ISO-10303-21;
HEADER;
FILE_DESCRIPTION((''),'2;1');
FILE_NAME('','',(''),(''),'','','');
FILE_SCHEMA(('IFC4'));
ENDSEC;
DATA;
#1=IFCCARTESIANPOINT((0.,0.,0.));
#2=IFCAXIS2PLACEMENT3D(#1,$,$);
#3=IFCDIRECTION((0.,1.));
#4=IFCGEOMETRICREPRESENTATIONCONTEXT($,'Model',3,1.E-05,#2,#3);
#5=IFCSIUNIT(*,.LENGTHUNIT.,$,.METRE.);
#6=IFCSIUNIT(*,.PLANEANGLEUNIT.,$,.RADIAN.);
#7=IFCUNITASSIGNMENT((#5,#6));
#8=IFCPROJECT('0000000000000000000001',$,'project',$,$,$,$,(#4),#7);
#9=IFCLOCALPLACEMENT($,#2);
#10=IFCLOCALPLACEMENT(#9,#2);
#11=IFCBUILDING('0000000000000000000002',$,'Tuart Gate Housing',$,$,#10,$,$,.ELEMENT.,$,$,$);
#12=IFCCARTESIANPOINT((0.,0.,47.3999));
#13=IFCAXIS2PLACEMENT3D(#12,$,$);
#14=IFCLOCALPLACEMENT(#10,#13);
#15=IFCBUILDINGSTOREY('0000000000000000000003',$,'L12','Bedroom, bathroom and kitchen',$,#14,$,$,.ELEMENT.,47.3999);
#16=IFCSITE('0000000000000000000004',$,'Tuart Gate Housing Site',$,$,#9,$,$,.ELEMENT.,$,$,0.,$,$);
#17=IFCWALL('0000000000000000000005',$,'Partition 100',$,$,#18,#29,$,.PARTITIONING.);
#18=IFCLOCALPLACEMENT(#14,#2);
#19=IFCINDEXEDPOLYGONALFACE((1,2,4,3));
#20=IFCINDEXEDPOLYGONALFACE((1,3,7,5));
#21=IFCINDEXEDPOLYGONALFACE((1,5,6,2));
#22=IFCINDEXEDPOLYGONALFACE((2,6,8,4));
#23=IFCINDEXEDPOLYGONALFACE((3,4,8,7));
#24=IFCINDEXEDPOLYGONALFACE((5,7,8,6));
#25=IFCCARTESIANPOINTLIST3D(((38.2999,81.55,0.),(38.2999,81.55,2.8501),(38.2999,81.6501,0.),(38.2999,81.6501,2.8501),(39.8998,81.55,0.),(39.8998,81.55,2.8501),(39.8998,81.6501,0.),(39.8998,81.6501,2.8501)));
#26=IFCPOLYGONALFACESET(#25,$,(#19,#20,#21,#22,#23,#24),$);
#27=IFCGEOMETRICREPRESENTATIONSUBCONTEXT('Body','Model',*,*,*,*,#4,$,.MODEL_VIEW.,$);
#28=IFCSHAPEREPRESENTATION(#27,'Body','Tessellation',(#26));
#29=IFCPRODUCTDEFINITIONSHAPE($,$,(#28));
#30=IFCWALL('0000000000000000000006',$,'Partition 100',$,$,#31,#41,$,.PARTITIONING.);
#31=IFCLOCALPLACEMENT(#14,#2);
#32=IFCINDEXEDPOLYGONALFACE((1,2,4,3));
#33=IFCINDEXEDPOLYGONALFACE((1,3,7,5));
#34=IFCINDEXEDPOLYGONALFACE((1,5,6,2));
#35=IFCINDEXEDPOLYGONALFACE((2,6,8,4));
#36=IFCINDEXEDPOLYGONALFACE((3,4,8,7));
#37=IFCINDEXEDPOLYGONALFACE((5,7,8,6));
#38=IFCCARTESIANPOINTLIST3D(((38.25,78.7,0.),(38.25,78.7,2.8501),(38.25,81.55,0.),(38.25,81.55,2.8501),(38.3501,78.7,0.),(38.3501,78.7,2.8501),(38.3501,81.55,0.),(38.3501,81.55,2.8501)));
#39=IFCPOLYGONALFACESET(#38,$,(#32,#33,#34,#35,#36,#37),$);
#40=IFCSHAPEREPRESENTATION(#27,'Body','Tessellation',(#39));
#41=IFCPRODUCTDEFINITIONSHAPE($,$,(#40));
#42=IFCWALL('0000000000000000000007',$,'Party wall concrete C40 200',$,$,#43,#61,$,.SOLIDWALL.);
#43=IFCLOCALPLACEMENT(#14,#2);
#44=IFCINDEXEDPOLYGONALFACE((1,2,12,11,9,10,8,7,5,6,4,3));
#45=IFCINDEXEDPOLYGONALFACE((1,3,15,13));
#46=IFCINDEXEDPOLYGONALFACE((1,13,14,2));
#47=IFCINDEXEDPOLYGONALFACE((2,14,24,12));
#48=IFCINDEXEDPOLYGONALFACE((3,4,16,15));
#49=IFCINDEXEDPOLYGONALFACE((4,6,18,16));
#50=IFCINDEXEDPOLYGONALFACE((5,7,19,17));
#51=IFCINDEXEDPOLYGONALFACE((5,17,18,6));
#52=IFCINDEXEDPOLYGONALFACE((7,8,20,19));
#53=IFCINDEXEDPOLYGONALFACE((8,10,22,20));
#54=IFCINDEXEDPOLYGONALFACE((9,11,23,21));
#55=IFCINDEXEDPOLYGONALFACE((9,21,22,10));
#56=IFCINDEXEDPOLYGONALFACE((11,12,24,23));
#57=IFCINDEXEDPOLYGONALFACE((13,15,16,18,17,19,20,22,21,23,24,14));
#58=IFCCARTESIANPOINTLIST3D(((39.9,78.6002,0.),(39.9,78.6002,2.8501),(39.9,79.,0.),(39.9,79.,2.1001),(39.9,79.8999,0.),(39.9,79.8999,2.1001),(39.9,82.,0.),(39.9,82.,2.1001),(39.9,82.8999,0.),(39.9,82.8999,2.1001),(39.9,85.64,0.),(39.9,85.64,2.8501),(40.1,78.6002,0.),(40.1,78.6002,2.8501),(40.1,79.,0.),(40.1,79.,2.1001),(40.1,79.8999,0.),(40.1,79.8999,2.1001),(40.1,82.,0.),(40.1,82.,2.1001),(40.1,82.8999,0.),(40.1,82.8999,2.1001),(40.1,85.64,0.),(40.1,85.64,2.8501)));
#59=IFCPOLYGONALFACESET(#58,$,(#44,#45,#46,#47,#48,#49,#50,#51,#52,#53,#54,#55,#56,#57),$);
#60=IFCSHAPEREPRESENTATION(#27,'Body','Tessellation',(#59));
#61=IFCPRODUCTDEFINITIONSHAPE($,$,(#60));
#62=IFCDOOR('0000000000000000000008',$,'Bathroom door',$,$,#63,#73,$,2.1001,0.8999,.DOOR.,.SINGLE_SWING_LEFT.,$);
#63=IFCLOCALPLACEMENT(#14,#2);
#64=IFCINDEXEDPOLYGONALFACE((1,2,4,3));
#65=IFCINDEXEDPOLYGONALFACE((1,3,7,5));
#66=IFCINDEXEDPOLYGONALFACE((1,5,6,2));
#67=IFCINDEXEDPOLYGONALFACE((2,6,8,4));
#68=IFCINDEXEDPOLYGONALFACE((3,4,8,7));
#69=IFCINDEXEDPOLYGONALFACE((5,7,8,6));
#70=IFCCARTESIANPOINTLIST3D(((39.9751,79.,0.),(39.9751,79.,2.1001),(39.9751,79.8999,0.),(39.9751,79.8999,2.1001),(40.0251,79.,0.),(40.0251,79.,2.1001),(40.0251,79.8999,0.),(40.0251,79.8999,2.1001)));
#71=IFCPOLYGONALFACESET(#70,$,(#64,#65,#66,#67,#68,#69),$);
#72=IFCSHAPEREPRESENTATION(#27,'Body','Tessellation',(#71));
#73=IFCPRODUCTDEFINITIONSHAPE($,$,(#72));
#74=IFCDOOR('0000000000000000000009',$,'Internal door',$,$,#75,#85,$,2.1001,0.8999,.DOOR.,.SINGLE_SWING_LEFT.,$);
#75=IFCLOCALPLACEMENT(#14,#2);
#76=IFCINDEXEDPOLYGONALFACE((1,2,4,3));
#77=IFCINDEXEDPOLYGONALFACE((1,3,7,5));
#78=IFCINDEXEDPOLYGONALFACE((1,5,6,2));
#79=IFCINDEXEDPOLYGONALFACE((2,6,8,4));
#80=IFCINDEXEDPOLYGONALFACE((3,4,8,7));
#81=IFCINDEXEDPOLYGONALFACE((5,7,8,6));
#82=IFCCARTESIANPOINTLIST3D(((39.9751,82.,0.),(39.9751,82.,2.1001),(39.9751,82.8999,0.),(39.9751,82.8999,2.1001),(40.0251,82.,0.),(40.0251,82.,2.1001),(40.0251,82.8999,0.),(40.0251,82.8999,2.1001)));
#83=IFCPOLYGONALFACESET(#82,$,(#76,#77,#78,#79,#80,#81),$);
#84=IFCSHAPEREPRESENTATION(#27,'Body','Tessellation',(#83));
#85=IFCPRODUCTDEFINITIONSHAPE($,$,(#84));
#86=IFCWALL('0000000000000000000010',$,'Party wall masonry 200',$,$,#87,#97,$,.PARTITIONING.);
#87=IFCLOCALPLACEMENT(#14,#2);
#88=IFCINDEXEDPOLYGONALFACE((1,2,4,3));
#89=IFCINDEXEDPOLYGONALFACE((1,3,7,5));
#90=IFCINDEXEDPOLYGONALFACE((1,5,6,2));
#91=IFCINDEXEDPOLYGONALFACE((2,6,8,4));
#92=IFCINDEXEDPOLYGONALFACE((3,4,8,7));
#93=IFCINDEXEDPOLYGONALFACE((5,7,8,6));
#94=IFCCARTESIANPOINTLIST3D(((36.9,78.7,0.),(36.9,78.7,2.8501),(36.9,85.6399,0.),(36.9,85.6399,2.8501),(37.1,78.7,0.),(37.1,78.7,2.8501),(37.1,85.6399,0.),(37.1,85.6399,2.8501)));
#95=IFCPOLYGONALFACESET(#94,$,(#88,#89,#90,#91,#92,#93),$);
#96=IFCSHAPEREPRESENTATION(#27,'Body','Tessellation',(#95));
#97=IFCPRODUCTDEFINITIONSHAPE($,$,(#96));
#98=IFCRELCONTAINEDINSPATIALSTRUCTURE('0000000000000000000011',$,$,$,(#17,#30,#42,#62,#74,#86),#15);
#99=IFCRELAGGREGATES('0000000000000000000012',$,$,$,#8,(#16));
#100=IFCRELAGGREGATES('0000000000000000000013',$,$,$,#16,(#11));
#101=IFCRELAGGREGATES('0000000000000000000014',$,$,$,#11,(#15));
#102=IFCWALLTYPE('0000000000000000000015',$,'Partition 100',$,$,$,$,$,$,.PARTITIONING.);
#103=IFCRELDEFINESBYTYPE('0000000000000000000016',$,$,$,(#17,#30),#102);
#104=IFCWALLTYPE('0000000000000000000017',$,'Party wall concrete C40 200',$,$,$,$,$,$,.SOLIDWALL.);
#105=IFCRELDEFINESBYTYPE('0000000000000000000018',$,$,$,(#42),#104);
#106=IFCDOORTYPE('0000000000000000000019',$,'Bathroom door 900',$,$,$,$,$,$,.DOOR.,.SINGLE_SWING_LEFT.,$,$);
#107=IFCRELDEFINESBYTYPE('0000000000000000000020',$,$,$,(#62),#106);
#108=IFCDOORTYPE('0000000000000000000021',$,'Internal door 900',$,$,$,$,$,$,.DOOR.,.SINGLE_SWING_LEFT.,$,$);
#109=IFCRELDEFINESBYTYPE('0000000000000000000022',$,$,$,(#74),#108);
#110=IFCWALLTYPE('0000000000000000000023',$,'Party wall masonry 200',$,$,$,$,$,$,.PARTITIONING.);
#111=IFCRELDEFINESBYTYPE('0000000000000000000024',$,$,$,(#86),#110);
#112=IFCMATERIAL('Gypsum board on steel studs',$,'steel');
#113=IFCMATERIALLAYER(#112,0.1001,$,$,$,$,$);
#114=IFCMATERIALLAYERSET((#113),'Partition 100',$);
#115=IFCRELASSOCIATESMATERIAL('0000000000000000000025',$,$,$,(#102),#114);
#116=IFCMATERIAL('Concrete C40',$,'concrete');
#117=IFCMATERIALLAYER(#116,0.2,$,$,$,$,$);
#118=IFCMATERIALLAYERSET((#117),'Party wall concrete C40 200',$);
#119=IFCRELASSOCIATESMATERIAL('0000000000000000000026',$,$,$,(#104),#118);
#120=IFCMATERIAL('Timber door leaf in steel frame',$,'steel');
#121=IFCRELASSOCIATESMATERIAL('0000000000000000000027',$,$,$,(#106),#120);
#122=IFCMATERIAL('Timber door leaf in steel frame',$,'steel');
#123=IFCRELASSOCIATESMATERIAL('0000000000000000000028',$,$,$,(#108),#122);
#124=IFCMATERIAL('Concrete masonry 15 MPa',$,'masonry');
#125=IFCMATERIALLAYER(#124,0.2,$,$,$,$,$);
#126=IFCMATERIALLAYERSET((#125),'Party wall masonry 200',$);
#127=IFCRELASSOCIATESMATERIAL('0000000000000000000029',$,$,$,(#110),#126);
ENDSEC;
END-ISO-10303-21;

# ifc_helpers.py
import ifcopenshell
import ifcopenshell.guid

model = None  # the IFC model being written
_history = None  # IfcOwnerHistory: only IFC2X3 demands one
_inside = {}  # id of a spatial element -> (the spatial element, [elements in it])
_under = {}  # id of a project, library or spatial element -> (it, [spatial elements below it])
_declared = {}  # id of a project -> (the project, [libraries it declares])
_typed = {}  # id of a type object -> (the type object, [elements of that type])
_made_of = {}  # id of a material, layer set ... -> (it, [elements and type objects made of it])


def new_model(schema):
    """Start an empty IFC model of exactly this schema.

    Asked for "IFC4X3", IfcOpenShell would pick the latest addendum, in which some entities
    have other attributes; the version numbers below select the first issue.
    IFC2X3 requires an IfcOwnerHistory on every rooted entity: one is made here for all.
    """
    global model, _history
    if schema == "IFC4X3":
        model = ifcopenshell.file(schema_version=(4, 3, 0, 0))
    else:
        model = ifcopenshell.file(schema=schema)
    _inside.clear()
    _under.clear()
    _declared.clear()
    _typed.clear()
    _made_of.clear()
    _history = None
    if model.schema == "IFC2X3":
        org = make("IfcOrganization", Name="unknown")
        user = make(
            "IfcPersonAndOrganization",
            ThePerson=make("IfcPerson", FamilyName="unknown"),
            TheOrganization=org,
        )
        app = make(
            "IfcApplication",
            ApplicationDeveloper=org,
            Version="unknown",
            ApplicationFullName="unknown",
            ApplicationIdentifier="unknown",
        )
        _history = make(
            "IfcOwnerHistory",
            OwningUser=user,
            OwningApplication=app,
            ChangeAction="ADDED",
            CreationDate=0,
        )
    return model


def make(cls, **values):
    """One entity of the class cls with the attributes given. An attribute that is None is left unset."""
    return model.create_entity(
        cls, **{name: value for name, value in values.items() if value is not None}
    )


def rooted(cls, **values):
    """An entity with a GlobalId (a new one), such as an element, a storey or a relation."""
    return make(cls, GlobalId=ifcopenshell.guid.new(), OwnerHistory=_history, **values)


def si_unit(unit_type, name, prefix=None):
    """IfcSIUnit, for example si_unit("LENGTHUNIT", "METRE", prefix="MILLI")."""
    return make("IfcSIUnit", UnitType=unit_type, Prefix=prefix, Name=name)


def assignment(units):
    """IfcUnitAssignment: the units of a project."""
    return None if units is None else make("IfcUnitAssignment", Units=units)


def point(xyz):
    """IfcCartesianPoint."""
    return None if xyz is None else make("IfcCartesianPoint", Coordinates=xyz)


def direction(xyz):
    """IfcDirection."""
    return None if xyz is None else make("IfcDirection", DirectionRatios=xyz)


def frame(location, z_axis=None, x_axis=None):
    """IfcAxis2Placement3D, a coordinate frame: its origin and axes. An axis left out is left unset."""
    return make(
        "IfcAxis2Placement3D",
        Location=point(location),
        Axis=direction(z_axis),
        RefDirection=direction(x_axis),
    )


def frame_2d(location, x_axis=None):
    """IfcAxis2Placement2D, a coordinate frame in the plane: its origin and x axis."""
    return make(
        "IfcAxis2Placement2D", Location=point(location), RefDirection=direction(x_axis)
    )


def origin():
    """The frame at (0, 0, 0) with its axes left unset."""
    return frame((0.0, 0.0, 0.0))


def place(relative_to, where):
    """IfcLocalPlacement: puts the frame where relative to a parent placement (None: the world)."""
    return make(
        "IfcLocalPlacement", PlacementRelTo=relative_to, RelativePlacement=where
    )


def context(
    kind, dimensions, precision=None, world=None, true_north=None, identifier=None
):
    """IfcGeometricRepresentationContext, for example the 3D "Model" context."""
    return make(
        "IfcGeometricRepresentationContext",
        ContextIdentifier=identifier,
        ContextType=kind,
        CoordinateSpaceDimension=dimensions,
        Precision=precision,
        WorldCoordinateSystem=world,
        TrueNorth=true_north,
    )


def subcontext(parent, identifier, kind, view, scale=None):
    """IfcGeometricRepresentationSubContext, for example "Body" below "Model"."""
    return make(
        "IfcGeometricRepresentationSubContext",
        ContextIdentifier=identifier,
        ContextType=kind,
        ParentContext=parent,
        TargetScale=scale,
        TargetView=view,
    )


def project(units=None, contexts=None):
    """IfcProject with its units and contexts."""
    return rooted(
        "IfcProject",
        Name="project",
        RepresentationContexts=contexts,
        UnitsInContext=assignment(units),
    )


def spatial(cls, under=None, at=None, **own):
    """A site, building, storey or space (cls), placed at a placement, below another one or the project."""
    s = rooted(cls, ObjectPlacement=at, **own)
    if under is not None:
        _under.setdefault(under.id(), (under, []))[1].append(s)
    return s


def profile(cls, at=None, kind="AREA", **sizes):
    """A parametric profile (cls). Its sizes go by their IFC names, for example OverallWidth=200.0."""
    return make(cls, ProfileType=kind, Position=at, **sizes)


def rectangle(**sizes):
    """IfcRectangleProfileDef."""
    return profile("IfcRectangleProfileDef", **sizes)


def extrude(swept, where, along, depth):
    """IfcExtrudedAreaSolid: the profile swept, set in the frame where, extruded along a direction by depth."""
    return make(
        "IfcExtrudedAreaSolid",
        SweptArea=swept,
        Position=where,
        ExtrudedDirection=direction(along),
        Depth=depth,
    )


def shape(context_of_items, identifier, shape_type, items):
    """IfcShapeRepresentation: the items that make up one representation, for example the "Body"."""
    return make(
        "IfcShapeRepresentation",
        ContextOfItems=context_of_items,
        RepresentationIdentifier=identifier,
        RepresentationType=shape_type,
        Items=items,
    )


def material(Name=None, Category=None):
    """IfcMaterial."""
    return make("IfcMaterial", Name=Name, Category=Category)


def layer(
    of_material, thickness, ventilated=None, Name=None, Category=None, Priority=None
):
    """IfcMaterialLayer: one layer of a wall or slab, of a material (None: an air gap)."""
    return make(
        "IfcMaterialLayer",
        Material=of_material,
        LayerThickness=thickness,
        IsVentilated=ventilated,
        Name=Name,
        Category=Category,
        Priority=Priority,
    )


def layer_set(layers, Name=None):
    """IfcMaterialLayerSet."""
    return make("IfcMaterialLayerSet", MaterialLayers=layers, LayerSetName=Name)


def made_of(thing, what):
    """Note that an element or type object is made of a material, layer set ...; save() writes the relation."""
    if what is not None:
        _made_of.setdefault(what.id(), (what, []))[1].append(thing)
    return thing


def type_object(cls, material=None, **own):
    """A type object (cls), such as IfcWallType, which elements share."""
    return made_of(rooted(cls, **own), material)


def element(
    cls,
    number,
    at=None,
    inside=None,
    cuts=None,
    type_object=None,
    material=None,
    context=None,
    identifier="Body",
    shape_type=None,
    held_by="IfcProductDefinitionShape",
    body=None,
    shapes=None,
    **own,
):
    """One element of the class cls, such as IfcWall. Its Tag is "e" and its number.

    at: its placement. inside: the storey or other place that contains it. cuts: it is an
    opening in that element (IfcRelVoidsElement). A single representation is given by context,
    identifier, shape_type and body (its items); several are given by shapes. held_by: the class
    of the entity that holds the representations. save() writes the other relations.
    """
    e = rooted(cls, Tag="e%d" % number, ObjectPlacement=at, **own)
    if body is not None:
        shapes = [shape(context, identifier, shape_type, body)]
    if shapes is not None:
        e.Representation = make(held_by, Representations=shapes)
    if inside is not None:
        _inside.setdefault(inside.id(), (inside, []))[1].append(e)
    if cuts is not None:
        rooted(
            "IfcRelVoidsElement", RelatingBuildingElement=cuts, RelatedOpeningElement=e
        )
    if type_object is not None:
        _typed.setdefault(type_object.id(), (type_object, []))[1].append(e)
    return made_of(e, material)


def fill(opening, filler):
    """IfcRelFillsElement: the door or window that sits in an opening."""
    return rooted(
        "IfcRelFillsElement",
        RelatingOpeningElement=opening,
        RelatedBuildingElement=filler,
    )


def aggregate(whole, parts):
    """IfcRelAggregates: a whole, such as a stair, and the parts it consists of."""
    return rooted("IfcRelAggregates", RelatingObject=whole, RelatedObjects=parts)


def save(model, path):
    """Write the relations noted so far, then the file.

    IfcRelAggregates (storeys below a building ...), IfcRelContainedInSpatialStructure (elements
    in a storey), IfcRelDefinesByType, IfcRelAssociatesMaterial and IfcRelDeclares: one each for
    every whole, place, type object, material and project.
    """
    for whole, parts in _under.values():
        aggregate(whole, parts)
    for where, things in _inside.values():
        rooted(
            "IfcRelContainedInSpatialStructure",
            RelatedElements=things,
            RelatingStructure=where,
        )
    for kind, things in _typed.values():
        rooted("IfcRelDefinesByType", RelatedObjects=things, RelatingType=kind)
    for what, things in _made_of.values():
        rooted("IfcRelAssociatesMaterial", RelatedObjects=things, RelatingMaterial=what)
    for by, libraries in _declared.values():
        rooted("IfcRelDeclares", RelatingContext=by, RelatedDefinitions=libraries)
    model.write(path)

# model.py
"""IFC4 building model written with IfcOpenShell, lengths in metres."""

from ifc_helpers import new_model, si_unit, direction, frame, frame_2d, origin, place, context, subcontext, project, spatial, rectangle, extrude, material, layer, layer_set, type_object, element, fill, save


model = new_model("IFC4")

# Units and contexts
model_context = context("Model", 3, precision=1e-05, world=origin(), true_north=direction((0.0, 1.0)))
body_context = subcontext(model_context, "Body", "Model", "MODEL_VIEW")
ifc_project = project(units=[si_unit("LENGTHUNIT", "METRE"), si_unit("PLANEANGLEUNIT", "RADIAN")], contexts=[model_context])

# Site, building, storey
site_placement = place(None, origin())
site = spatial("IfcSite", under=ifc_project, at=site_placement, Name="Tuart Gate Housing Site", CompositionType="ELEMENT", RefElevation=0.0)
building_placement = place(site_placement, origin())
building = spatial("IfcBuilding", under=site, at=building_placement, Name="Tuart Gate Housing", CompositionType="ELEMENT")
storey_placement = place(building_placement, frame((0.0, 0.0, 47.3999)))
storey = spatial("IfcBuildingStorey", under=building, at=storey_placement, Name="L12", Description="Bedroom, bathroom and kitchen", CompositionType="ELEMENT", Elevation=47.3999)

# Walls
ifc_material_1 = material(Name="Gypsum board on steel studs", Category="steel")
ifc_layer_1 = layer(ifc_material_1, 0.1001)
ifc_layer_set_1 = layer_set([ifc_layer_1], Name="Partition 100")
wall_type_1 = type_object("IfcWallType", Name="Partition 100", PredefinedType="PARTITIONING", material=ifc_layer_set_1)
wall_1_placement = place(storey_placement, frame((38.3, 81.6001, 0.0), z_axis=(0.0, 0.0, 1.0), x_axis=(1.0, 0.0, 0.0)))
element("IfcWall", 1, at=wall_1_placement, inside=storey, type_object=wall_type_1, Name="Partition 100", PredefinedType="PARTITIONING", context=body_context, shape_type="SweptSolid", body=[
    extrude(rectangle(XDim=1.5999, YDim=0.1001, at=frame_2d((0.7998, 0.0))), origin(), (0.0, 0.0, 1.0), 2.8501),
])
wall_2_placement = place(storey_placement, frame((38.3, 78.7, 0.0), z_axis=(0.0, 0.0, 1.0), x_axis=(0.0, 1.0, 0.0)))
element("IfcWall", 2, at=wall_2_placement, inside=storey, type_object=wall_type_1, Name="Partition 100", PredefinedType="PARTITIONING", context=body_context, shape_type="SweptSolid", body=[
    extrude(rectangle(XDim=2.8501, YDim=0.1001, at=frame_2d((1.425, 0.0))), origin(), (0.0, 0.0, 1.0), 2.8501),
])

# Wall, openings, doors
ifc_material_2 = material(Name="Concrete C40", Category="concrete")
ifc_layer_2 = layer(ifc_material_2, 0.2)
ifc_layer_set_2 = layer_set([ifc_layer_2], Name="Party wall concrete C40 200")
wall_type_2 = type_object("IfcWallType", Name="Party wall concrete C40 200", PredefinedType="SOLIDWALL", material=ifc_layer_set_2)
wall_3_placement = place(storey_placement, frame((40.0, 78.6001, 0.0), z_axis=(0.0, 0.0, 1.0), x_axis=(0.0, 1.0, 0.0)))
wall_3 = element("IfcWall", 3, at=wall_3_placement, inside=storey, type_object=wall_type_2, Name="Party wall concrete C40 200", PredefinedType="SOLIDWALL", context=body_context, shape_type="SweptSolid", body=[
    extrude(rectangle(XDim=7.0398, YDim=0.2, at=frame_2d((3.52, 0.0))), origin(), (0.0, 0.0, 1.0), 2.8501),
])
opening_1_placement = place(wall_3_placement, frame((3.3999, 0.0, 0.0)))
opening_1 = element("IfcOpeningElement", 4, at=opening_1_placement, cuts=wall_3, PredefinedType="OPENING", context=body_context, shape_type="SweptSolid", body=[
    extrude(rectangle(XDim=0.8999, YDim=2.1001, at=frame_2d((0.45, 1.05))), frame((0.0, 0.1099, 0.0), z_axis=(0.0, -1.0, 0.0), x_axis=(1.0, 0.0, 0.0)), (0.0, 0.0, 1.0), 0.22),
])
opening_2_placement = place(wall_3_placement, frame((0.3999, 0.0, 0.0)))
opening_2 = element("IfcOpeningElement", 5, at=opening_2_placement, cuts=wall_3, PredefinedType="OPENING", context=body_context, shape_type="SweptSolid", body=[
    extrude(rectangle(XDim=0.8999, YDim=2.1001, at=frame_2d((0.45, 1.05))), frame((0.0, 0.1099, 0.0), z_axis=(0.0, -1.0, 0.0), x_axis=(1.0, 0.0, 0.0)), (0.0, 0.0, 1.0), 0.22),
])
ifc_material_3 = material(Name="Timber door leaf in steel frame", Category="steel")
door_type_1 = type_object("IfcDoorType", Name="Bathroom door 900", OperationType="SINGLE_SWING_LEFT", PredefinedType="DOOR", material=ifc_material_3)
door_1_placement = place(opening_2_placement, origin())
door_1 = element("IfcDoor", 6, at=door_1_placement, inside=storey, type_object=door_type_1, Name="Bathroom door", OperationType="SINGLE_SWING_LEFT", OverallHeight=2.1001, OverallWidth=0.8999, PredefinedType="DOOR", context=body_context, shape_type="SweptSolid", body=[
    extrude(rectangle(XDim=0.8999, YDim=2.1001, at=frame_2d((0.45, 1.05))), frame((0.0, 0.0249, 0.0), z_axis=(0.0, -1.0, 0.0), x_axis=(1.0, 0.0, 0.0)), (0.0, 0.0, 1.0), 0.05),
])
fill(opening_2, door_1)
ifc_material_4 = material(Name="Timber door leaf in steel frame", Category="steel")
door_type_2 = type_object("IfcDoorType", Name="Internal door 900", OperationType="SINGLE_SWING_LEFT", PredefinedType="DOOR", material=ifc_material_4)
door_2_placement = place(opening_1_placement, origin())
door_2 = element("IfcDoor", 7, at=door_2_placement, inside=storey, type_object=door_type_2, Name="Internal door", OperationType="SINGLE_SWING_LEFT", OverallHeight=2.1001, OverallWidth=0.8999, PredefinedType="DOOR", context=body_context, shape_type="SweptSolid", body=[
    extrude(rectangle(XDim=0.8999, YDim=2.1001, at=frame_2d((0.45, 1.05))), frame((0.0, 0.0249, 0.0), z_axis=(0.0, -1.0, 0.0), x_axis=(1.0, 0.0, 0.0)), (0.0, 0.0, 1.0), 0.05),
])
fill(opening_1, door_2)

# Wall
ifc_material_5 = material(Name="Concrete masonry 15 MPa", Category="masonry")
ifc_layer_3 = layer(ifc_material_5, 0.2)
ifc_layer_set_3 = layer_set([ifc_layer_3], Name="Party wall masonry 200")
wall_type_3 = type_object("IfcWallType", Name="Party wall masonry 200", PredefinedType="PARTITIONING", material=ifc_layer_set_3)
wall_4_placement = place(storey_placement, frame((37.0, 78.7, 0.0), z_axis=(0.0, 0.0, 1.0), x_axis=(0.0, 1.0, 0.0)))
element("IfcWall", 8, at=wall_4_placement, inside=storey, type_object=wall_type_3, Name="Party wall masonry 200", PredefinedType="PARTITIONING", context=body_context, shape_type="SweptSolid", body=[
    extrude(rectangle(XDim=6.9399, YDim=0.2, at=frame_2d((3.47, 0.0))), origin(), (0.0, 0.0, 1.0), 2.8501),
])

save(model, "model.ifc")
